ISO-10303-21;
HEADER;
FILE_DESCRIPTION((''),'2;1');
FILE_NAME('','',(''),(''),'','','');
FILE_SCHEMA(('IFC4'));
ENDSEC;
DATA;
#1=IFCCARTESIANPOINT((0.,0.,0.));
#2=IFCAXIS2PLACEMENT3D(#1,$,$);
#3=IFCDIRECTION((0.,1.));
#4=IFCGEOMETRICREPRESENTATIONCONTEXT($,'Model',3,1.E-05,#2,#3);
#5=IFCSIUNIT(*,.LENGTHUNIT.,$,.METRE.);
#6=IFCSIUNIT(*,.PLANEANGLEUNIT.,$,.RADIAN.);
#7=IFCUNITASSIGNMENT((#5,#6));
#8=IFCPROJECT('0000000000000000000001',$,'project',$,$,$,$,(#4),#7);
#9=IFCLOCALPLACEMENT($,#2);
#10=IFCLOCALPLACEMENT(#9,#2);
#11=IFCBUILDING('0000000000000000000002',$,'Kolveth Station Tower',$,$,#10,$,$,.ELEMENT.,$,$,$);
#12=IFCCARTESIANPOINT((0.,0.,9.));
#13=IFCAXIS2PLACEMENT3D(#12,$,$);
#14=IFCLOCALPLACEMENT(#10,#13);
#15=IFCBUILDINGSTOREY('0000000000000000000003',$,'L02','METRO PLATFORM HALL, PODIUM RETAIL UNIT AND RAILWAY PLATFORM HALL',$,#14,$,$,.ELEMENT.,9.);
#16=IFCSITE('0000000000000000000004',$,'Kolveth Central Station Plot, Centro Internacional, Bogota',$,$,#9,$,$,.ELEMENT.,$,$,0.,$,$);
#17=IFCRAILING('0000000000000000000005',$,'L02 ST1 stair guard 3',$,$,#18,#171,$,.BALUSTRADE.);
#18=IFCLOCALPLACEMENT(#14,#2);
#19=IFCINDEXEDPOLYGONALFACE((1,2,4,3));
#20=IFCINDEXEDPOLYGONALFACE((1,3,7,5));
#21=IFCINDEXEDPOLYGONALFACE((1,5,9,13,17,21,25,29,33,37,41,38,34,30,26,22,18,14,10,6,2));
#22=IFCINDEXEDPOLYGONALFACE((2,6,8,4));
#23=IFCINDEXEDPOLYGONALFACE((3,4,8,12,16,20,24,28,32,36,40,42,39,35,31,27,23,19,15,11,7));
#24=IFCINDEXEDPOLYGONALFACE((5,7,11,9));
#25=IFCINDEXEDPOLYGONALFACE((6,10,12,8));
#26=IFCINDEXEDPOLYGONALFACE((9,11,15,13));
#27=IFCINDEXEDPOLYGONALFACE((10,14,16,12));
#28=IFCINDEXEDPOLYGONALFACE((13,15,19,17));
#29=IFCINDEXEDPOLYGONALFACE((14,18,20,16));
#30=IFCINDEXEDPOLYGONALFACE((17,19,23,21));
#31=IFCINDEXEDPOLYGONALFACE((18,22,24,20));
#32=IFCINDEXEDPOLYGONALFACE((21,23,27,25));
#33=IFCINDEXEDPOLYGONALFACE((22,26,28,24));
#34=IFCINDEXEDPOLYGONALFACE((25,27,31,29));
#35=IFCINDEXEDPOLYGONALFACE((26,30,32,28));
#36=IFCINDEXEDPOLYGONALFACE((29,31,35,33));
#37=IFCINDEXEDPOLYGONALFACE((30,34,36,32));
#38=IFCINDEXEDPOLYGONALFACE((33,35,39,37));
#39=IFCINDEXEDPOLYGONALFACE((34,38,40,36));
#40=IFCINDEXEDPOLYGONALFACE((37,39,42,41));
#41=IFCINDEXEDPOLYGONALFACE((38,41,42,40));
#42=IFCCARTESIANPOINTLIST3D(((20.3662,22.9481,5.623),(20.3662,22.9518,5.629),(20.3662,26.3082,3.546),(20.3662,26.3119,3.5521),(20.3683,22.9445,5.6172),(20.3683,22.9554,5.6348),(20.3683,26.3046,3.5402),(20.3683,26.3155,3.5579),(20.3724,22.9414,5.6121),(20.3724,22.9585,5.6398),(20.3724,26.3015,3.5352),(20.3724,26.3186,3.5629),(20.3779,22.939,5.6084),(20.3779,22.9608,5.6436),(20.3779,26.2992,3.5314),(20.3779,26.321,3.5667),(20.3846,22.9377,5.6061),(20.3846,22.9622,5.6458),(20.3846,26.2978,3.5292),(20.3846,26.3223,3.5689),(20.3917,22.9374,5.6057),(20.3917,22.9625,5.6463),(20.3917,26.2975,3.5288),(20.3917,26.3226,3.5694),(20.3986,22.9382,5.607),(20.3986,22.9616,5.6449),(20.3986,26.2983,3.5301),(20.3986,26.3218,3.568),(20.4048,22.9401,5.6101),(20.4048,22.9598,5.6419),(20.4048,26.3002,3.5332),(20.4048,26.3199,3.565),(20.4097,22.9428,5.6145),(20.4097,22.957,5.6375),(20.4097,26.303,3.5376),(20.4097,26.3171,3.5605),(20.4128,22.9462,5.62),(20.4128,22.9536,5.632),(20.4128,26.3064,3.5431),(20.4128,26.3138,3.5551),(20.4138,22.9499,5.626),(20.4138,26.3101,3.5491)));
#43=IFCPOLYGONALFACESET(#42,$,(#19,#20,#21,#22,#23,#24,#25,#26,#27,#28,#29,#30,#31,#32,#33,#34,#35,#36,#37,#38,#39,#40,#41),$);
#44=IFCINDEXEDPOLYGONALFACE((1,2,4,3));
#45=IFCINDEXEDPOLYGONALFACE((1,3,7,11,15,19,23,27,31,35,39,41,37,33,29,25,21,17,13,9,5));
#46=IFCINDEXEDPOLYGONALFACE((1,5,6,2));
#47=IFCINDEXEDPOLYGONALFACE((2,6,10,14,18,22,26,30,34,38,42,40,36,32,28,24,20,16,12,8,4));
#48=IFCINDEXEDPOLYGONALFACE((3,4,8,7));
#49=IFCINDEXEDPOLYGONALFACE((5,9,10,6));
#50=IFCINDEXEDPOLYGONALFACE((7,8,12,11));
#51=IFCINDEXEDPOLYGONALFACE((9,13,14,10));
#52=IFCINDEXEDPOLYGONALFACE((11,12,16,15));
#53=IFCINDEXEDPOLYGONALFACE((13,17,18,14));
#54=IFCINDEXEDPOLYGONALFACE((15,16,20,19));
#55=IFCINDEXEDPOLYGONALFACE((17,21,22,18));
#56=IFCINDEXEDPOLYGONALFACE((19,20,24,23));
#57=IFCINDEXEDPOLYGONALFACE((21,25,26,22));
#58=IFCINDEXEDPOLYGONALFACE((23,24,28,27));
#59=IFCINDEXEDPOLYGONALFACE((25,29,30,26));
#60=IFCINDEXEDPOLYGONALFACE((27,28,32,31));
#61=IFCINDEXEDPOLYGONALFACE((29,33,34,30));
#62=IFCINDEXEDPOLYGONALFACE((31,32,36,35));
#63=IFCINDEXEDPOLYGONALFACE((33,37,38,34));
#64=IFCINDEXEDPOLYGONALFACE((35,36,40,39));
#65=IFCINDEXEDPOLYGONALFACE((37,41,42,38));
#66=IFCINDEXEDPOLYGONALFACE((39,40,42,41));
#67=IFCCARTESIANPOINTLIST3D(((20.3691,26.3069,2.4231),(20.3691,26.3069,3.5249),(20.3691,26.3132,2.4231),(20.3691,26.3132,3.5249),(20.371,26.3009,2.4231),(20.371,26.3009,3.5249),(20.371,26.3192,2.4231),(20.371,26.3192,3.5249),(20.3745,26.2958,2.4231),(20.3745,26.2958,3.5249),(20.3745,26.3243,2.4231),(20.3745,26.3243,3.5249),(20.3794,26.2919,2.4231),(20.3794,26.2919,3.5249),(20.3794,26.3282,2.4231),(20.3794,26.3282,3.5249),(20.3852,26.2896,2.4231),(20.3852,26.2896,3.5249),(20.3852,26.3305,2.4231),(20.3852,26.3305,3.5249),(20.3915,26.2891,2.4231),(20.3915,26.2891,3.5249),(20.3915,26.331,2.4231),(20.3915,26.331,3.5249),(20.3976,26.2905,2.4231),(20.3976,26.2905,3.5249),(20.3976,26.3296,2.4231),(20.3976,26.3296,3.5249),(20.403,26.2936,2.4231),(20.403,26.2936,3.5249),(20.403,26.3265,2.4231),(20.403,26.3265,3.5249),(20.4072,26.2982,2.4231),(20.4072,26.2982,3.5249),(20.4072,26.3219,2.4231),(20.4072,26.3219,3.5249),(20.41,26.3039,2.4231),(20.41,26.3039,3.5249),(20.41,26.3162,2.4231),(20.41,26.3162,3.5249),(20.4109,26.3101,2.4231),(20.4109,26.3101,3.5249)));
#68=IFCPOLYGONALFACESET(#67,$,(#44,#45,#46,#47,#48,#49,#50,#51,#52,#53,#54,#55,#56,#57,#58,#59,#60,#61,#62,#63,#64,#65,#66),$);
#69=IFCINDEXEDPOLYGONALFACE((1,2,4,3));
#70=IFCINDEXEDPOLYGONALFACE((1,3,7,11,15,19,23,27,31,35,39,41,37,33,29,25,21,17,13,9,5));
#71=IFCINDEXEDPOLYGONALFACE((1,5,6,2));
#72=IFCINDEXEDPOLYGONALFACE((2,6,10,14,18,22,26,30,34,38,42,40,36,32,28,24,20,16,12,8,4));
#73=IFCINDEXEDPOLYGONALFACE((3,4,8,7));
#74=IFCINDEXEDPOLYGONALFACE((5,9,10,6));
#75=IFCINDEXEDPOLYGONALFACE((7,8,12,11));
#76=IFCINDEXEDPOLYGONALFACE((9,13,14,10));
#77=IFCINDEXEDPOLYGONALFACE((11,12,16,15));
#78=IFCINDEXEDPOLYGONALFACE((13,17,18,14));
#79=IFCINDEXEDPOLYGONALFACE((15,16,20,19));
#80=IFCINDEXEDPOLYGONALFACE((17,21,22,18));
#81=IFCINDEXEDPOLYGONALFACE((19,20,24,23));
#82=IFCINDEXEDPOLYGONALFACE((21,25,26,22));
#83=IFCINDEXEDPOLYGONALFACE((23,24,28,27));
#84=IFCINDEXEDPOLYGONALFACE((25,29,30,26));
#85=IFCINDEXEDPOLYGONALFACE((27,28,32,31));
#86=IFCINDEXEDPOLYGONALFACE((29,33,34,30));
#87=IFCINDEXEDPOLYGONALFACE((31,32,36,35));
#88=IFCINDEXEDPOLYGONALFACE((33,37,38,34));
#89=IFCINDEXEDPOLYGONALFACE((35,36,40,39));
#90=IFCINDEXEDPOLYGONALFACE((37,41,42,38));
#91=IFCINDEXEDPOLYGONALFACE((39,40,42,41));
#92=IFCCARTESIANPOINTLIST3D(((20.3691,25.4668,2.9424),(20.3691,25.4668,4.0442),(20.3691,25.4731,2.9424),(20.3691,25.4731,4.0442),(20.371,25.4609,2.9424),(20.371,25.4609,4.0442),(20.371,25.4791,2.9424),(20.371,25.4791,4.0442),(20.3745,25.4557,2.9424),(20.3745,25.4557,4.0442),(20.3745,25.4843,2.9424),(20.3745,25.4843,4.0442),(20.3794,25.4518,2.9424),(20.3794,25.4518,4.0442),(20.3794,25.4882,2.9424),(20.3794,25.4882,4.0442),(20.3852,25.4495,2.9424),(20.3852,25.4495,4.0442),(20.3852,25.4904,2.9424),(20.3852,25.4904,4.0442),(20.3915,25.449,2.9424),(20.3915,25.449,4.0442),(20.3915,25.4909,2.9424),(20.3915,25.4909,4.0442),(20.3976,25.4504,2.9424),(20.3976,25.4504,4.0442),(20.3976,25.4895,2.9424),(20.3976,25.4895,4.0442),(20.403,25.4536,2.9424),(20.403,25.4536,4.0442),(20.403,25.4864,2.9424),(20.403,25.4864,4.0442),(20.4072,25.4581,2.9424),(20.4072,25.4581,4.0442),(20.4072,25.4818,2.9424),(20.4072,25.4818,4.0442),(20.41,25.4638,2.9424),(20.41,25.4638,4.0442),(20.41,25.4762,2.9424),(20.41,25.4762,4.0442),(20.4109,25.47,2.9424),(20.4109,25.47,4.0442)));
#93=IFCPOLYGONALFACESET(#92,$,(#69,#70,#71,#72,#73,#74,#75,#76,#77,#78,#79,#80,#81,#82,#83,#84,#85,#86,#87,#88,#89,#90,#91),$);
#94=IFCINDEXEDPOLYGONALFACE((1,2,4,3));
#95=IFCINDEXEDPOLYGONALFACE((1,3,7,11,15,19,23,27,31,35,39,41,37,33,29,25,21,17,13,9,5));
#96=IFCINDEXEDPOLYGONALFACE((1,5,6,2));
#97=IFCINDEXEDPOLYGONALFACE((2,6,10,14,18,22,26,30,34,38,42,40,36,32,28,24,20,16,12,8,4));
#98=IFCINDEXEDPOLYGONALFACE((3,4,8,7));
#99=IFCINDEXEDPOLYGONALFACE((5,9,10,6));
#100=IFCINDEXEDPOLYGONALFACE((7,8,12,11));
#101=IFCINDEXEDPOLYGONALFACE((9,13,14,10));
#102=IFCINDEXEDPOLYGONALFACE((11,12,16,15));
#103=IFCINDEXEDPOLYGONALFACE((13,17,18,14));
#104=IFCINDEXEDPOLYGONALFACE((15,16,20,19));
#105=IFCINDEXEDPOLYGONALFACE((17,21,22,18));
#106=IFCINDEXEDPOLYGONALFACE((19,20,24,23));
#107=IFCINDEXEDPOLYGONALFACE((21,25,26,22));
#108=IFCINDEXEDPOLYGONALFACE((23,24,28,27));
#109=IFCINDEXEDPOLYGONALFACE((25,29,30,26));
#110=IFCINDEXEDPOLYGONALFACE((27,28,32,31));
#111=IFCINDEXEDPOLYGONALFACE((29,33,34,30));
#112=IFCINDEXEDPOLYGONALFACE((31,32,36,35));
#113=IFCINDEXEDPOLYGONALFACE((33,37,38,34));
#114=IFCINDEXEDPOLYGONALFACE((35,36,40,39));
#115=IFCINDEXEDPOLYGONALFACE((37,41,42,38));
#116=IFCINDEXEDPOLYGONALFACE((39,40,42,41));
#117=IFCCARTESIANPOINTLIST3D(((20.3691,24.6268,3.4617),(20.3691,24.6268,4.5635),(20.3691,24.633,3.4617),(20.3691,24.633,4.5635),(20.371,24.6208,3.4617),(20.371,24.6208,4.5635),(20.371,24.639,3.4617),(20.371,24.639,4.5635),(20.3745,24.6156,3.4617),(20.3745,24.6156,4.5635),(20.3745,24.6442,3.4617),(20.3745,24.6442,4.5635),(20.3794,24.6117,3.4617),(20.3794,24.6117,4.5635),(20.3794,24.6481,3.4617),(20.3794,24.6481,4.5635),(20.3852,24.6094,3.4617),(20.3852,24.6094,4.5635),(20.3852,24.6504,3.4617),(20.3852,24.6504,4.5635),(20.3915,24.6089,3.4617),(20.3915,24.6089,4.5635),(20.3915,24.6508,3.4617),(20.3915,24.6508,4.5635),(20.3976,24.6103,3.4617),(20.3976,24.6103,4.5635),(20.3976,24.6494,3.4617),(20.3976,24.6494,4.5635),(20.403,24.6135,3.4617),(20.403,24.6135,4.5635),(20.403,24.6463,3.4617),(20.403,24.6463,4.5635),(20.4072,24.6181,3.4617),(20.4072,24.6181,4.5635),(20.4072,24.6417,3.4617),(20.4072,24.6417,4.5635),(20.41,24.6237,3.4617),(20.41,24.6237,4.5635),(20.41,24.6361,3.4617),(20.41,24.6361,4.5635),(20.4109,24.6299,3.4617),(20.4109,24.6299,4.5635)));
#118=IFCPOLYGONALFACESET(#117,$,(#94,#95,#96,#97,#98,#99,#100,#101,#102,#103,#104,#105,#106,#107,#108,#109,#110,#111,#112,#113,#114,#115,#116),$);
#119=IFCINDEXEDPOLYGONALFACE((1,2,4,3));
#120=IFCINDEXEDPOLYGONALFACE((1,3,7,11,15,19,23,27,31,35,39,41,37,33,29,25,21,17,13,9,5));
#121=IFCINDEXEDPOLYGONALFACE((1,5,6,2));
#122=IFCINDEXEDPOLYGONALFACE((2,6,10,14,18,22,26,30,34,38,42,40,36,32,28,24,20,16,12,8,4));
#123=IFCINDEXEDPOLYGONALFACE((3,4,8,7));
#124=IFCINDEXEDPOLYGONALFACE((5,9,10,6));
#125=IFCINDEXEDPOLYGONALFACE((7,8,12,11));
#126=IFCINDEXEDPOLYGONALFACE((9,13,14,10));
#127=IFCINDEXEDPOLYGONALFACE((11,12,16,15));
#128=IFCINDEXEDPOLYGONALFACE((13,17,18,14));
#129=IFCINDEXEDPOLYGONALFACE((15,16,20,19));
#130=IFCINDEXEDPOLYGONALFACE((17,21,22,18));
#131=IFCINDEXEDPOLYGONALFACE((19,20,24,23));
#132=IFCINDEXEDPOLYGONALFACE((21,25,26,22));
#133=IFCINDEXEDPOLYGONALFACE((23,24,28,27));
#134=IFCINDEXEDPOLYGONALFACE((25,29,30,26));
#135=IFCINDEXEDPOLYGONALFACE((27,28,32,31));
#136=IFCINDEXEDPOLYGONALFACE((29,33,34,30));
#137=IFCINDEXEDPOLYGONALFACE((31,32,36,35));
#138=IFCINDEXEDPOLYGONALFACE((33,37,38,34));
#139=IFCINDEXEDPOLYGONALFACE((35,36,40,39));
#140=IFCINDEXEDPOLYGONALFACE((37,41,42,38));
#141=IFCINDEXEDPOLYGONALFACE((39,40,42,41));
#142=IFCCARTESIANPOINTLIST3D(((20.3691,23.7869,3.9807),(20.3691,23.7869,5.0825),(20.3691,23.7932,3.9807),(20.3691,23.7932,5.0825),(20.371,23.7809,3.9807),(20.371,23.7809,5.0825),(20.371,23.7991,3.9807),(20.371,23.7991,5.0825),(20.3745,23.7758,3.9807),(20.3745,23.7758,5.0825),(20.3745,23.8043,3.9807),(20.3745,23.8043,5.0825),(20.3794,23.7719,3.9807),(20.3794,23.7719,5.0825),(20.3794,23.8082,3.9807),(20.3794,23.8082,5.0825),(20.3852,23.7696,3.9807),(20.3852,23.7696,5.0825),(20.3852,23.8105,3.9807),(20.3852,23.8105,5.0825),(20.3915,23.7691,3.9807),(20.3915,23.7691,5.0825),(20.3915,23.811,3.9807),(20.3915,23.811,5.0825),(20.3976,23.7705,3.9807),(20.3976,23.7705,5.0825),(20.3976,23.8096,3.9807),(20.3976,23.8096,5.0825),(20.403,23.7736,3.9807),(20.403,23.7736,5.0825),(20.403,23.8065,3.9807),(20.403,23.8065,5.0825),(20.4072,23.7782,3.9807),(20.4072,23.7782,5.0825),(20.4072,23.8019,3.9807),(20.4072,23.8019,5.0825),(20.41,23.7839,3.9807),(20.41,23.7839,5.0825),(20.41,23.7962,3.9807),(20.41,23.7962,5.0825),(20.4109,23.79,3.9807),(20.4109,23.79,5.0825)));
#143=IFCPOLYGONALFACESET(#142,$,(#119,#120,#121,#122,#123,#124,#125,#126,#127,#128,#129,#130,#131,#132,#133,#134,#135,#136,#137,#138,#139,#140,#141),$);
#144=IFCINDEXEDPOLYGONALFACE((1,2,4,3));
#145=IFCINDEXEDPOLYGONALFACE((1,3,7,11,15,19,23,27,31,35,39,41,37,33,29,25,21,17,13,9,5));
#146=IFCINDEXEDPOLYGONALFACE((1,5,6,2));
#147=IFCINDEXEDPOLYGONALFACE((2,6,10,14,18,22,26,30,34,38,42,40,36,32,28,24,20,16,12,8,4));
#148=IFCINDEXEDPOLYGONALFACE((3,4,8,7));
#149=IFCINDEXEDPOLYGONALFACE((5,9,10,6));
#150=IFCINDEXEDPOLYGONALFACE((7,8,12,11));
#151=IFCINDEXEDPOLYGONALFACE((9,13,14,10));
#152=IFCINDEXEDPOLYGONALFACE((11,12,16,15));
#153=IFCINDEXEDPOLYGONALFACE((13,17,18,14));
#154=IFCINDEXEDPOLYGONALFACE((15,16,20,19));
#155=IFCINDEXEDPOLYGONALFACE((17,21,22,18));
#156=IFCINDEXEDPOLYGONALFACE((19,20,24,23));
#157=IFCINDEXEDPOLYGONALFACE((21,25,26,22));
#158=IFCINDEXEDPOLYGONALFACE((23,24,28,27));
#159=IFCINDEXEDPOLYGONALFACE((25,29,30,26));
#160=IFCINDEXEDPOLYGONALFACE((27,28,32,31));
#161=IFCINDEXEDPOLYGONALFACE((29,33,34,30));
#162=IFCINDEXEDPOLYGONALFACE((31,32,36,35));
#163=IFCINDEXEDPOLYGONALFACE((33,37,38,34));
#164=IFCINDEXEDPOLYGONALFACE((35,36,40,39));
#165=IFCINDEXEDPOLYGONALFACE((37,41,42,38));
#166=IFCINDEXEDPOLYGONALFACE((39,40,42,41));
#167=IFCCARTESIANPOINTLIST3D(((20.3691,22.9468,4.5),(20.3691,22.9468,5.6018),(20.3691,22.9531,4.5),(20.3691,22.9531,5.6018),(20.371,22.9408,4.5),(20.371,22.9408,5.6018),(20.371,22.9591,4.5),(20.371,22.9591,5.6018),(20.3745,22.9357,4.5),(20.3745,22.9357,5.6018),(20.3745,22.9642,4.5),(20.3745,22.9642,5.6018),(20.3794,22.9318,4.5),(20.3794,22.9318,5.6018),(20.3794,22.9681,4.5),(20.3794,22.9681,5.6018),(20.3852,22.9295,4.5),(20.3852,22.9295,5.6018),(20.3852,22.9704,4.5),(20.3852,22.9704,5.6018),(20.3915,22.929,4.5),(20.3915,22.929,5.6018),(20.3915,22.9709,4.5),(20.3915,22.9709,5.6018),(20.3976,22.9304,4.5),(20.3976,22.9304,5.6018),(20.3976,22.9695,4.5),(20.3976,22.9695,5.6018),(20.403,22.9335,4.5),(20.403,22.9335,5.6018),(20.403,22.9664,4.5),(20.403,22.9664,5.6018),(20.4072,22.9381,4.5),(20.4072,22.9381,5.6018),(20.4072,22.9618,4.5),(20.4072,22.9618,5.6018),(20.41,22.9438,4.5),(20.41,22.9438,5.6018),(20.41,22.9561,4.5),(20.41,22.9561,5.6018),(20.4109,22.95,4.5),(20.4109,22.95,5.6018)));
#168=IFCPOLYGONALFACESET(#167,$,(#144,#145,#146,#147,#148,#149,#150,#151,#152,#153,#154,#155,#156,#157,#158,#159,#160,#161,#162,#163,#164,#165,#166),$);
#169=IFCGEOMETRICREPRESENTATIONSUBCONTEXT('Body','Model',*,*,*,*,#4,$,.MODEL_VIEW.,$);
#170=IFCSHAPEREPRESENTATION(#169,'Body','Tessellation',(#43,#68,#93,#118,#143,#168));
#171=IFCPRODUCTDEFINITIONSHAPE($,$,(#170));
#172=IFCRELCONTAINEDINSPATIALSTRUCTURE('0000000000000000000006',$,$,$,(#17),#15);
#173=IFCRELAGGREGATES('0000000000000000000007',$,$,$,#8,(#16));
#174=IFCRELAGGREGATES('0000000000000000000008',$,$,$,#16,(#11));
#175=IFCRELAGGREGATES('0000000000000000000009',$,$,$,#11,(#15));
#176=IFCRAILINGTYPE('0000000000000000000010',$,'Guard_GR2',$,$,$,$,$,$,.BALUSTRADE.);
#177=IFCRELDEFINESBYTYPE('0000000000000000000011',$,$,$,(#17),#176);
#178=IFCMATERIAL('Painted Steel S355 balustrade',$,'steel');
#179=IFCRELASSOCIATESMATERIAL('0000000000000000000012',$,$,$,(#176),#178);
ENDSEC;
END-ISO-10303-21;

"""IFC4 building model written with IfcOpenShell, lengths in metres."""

from ifc_helpers import new_model, si_unit, direction, frame, origin, origin_2d, place, context, subcontext, project, spatial, circle, extrude, material, type_object, element, save


model = new_model("IFC4")

# Units and contexts
model_context = context("Model", 3, precision=1e-05, world=origin(), true_north=direction((0.0, 1.0)))
body_context = subcontext(model_context, "Body", "Model", "MODEL_VIEW")
ifc_project = project(units=[si_unit("LENGTHUNIT", "METRE"), si_unit("PLANEANGLEUNIT", "RADIAN")], contexts=[model_context])

# Site, building, storey
site_placement = place(None, origin())
site = spatial("IfcSite", under=ifc_project, at=site_placement, Name="Kolveth Central Station Plot, Centro Internacional, Bogota", CompositionType="ELEMENT", RefElevation=0.0)
building_placement = place(site_placement, origin())
building = spatial("IfcBuilding", under=site, at=building_placement, Name="Kolveth Station Tower", CompositionType="ELEMENT")
storey_placement = place(building_placement, frame((0.0, 0.0, 9.0)))
storey = spatial("IfcBuildingStorey", under=building, at=storey_placement, Name="L02", Description="METRO PLATFORM HALL, PODIUM RETAIL UNIT AND RAILWAY PLATFORM HALL", CompositionType="ELEMENT", Elevation=9.0)

# Railing
ifc_material_1 = material(Name="Painted Steel S355 balustrade", Category="steel")
railing_type_1 = type_object("IfcRailingType", Name="Guard_GR2", PredefinedType="BALUSTRADE", material=ifc_material_1)
railing_1_placement = place(storey_placement, frame((20.3899, 26.3101, 2.4231)))
element("IfcRailing", 1, at=railing_1_placement, inside=storey, type_object=railing_type_1, Name="L02 ST1 stair guard 3", PredefinedType="BALUSTRADE", context=body_context, shape_type="SweptSolid", body=[
    extrude(circle(Radius=0.0239, at=origin_2d()), frame((0.0, 0.0, 1.126), z_axis=(0.0, -0.850623, 0.525776), x_axis=(1.0, 0.0, 0.0)), (0.0, 0.0, 1.0), 3.9502),
    extrude(circle(Radius=0.021, at=origin_2d()), origin(), (0.0, 0.0, 1.0), 1.1018),
    extrude(circle(Radius=0.021, at=origin_2d()), frame((0.0, -0.8401, 0.5193)), (0.0, 0.0, 1.0), 1.1018),
    extrude(circle(Radius=0.021, at=origin_2d()), frame((0.0, -1.6802, 1.0386)), (0.0, 0.0, 1.0), 1.1018),
    extrude(circle(Radius=0.021, at=origin_2d()), frame((0.0, -2.52, 1.5576)), (0.0, 0.0, 1.0), 1.1018),
    extrude(circle(Radius=0.021, at=origin_2d()), frame((0.0, -3.3601, 2.0769)), (0.0, 0.0, 1.0), 1.1018),
])

save(model, "model.ifc")
